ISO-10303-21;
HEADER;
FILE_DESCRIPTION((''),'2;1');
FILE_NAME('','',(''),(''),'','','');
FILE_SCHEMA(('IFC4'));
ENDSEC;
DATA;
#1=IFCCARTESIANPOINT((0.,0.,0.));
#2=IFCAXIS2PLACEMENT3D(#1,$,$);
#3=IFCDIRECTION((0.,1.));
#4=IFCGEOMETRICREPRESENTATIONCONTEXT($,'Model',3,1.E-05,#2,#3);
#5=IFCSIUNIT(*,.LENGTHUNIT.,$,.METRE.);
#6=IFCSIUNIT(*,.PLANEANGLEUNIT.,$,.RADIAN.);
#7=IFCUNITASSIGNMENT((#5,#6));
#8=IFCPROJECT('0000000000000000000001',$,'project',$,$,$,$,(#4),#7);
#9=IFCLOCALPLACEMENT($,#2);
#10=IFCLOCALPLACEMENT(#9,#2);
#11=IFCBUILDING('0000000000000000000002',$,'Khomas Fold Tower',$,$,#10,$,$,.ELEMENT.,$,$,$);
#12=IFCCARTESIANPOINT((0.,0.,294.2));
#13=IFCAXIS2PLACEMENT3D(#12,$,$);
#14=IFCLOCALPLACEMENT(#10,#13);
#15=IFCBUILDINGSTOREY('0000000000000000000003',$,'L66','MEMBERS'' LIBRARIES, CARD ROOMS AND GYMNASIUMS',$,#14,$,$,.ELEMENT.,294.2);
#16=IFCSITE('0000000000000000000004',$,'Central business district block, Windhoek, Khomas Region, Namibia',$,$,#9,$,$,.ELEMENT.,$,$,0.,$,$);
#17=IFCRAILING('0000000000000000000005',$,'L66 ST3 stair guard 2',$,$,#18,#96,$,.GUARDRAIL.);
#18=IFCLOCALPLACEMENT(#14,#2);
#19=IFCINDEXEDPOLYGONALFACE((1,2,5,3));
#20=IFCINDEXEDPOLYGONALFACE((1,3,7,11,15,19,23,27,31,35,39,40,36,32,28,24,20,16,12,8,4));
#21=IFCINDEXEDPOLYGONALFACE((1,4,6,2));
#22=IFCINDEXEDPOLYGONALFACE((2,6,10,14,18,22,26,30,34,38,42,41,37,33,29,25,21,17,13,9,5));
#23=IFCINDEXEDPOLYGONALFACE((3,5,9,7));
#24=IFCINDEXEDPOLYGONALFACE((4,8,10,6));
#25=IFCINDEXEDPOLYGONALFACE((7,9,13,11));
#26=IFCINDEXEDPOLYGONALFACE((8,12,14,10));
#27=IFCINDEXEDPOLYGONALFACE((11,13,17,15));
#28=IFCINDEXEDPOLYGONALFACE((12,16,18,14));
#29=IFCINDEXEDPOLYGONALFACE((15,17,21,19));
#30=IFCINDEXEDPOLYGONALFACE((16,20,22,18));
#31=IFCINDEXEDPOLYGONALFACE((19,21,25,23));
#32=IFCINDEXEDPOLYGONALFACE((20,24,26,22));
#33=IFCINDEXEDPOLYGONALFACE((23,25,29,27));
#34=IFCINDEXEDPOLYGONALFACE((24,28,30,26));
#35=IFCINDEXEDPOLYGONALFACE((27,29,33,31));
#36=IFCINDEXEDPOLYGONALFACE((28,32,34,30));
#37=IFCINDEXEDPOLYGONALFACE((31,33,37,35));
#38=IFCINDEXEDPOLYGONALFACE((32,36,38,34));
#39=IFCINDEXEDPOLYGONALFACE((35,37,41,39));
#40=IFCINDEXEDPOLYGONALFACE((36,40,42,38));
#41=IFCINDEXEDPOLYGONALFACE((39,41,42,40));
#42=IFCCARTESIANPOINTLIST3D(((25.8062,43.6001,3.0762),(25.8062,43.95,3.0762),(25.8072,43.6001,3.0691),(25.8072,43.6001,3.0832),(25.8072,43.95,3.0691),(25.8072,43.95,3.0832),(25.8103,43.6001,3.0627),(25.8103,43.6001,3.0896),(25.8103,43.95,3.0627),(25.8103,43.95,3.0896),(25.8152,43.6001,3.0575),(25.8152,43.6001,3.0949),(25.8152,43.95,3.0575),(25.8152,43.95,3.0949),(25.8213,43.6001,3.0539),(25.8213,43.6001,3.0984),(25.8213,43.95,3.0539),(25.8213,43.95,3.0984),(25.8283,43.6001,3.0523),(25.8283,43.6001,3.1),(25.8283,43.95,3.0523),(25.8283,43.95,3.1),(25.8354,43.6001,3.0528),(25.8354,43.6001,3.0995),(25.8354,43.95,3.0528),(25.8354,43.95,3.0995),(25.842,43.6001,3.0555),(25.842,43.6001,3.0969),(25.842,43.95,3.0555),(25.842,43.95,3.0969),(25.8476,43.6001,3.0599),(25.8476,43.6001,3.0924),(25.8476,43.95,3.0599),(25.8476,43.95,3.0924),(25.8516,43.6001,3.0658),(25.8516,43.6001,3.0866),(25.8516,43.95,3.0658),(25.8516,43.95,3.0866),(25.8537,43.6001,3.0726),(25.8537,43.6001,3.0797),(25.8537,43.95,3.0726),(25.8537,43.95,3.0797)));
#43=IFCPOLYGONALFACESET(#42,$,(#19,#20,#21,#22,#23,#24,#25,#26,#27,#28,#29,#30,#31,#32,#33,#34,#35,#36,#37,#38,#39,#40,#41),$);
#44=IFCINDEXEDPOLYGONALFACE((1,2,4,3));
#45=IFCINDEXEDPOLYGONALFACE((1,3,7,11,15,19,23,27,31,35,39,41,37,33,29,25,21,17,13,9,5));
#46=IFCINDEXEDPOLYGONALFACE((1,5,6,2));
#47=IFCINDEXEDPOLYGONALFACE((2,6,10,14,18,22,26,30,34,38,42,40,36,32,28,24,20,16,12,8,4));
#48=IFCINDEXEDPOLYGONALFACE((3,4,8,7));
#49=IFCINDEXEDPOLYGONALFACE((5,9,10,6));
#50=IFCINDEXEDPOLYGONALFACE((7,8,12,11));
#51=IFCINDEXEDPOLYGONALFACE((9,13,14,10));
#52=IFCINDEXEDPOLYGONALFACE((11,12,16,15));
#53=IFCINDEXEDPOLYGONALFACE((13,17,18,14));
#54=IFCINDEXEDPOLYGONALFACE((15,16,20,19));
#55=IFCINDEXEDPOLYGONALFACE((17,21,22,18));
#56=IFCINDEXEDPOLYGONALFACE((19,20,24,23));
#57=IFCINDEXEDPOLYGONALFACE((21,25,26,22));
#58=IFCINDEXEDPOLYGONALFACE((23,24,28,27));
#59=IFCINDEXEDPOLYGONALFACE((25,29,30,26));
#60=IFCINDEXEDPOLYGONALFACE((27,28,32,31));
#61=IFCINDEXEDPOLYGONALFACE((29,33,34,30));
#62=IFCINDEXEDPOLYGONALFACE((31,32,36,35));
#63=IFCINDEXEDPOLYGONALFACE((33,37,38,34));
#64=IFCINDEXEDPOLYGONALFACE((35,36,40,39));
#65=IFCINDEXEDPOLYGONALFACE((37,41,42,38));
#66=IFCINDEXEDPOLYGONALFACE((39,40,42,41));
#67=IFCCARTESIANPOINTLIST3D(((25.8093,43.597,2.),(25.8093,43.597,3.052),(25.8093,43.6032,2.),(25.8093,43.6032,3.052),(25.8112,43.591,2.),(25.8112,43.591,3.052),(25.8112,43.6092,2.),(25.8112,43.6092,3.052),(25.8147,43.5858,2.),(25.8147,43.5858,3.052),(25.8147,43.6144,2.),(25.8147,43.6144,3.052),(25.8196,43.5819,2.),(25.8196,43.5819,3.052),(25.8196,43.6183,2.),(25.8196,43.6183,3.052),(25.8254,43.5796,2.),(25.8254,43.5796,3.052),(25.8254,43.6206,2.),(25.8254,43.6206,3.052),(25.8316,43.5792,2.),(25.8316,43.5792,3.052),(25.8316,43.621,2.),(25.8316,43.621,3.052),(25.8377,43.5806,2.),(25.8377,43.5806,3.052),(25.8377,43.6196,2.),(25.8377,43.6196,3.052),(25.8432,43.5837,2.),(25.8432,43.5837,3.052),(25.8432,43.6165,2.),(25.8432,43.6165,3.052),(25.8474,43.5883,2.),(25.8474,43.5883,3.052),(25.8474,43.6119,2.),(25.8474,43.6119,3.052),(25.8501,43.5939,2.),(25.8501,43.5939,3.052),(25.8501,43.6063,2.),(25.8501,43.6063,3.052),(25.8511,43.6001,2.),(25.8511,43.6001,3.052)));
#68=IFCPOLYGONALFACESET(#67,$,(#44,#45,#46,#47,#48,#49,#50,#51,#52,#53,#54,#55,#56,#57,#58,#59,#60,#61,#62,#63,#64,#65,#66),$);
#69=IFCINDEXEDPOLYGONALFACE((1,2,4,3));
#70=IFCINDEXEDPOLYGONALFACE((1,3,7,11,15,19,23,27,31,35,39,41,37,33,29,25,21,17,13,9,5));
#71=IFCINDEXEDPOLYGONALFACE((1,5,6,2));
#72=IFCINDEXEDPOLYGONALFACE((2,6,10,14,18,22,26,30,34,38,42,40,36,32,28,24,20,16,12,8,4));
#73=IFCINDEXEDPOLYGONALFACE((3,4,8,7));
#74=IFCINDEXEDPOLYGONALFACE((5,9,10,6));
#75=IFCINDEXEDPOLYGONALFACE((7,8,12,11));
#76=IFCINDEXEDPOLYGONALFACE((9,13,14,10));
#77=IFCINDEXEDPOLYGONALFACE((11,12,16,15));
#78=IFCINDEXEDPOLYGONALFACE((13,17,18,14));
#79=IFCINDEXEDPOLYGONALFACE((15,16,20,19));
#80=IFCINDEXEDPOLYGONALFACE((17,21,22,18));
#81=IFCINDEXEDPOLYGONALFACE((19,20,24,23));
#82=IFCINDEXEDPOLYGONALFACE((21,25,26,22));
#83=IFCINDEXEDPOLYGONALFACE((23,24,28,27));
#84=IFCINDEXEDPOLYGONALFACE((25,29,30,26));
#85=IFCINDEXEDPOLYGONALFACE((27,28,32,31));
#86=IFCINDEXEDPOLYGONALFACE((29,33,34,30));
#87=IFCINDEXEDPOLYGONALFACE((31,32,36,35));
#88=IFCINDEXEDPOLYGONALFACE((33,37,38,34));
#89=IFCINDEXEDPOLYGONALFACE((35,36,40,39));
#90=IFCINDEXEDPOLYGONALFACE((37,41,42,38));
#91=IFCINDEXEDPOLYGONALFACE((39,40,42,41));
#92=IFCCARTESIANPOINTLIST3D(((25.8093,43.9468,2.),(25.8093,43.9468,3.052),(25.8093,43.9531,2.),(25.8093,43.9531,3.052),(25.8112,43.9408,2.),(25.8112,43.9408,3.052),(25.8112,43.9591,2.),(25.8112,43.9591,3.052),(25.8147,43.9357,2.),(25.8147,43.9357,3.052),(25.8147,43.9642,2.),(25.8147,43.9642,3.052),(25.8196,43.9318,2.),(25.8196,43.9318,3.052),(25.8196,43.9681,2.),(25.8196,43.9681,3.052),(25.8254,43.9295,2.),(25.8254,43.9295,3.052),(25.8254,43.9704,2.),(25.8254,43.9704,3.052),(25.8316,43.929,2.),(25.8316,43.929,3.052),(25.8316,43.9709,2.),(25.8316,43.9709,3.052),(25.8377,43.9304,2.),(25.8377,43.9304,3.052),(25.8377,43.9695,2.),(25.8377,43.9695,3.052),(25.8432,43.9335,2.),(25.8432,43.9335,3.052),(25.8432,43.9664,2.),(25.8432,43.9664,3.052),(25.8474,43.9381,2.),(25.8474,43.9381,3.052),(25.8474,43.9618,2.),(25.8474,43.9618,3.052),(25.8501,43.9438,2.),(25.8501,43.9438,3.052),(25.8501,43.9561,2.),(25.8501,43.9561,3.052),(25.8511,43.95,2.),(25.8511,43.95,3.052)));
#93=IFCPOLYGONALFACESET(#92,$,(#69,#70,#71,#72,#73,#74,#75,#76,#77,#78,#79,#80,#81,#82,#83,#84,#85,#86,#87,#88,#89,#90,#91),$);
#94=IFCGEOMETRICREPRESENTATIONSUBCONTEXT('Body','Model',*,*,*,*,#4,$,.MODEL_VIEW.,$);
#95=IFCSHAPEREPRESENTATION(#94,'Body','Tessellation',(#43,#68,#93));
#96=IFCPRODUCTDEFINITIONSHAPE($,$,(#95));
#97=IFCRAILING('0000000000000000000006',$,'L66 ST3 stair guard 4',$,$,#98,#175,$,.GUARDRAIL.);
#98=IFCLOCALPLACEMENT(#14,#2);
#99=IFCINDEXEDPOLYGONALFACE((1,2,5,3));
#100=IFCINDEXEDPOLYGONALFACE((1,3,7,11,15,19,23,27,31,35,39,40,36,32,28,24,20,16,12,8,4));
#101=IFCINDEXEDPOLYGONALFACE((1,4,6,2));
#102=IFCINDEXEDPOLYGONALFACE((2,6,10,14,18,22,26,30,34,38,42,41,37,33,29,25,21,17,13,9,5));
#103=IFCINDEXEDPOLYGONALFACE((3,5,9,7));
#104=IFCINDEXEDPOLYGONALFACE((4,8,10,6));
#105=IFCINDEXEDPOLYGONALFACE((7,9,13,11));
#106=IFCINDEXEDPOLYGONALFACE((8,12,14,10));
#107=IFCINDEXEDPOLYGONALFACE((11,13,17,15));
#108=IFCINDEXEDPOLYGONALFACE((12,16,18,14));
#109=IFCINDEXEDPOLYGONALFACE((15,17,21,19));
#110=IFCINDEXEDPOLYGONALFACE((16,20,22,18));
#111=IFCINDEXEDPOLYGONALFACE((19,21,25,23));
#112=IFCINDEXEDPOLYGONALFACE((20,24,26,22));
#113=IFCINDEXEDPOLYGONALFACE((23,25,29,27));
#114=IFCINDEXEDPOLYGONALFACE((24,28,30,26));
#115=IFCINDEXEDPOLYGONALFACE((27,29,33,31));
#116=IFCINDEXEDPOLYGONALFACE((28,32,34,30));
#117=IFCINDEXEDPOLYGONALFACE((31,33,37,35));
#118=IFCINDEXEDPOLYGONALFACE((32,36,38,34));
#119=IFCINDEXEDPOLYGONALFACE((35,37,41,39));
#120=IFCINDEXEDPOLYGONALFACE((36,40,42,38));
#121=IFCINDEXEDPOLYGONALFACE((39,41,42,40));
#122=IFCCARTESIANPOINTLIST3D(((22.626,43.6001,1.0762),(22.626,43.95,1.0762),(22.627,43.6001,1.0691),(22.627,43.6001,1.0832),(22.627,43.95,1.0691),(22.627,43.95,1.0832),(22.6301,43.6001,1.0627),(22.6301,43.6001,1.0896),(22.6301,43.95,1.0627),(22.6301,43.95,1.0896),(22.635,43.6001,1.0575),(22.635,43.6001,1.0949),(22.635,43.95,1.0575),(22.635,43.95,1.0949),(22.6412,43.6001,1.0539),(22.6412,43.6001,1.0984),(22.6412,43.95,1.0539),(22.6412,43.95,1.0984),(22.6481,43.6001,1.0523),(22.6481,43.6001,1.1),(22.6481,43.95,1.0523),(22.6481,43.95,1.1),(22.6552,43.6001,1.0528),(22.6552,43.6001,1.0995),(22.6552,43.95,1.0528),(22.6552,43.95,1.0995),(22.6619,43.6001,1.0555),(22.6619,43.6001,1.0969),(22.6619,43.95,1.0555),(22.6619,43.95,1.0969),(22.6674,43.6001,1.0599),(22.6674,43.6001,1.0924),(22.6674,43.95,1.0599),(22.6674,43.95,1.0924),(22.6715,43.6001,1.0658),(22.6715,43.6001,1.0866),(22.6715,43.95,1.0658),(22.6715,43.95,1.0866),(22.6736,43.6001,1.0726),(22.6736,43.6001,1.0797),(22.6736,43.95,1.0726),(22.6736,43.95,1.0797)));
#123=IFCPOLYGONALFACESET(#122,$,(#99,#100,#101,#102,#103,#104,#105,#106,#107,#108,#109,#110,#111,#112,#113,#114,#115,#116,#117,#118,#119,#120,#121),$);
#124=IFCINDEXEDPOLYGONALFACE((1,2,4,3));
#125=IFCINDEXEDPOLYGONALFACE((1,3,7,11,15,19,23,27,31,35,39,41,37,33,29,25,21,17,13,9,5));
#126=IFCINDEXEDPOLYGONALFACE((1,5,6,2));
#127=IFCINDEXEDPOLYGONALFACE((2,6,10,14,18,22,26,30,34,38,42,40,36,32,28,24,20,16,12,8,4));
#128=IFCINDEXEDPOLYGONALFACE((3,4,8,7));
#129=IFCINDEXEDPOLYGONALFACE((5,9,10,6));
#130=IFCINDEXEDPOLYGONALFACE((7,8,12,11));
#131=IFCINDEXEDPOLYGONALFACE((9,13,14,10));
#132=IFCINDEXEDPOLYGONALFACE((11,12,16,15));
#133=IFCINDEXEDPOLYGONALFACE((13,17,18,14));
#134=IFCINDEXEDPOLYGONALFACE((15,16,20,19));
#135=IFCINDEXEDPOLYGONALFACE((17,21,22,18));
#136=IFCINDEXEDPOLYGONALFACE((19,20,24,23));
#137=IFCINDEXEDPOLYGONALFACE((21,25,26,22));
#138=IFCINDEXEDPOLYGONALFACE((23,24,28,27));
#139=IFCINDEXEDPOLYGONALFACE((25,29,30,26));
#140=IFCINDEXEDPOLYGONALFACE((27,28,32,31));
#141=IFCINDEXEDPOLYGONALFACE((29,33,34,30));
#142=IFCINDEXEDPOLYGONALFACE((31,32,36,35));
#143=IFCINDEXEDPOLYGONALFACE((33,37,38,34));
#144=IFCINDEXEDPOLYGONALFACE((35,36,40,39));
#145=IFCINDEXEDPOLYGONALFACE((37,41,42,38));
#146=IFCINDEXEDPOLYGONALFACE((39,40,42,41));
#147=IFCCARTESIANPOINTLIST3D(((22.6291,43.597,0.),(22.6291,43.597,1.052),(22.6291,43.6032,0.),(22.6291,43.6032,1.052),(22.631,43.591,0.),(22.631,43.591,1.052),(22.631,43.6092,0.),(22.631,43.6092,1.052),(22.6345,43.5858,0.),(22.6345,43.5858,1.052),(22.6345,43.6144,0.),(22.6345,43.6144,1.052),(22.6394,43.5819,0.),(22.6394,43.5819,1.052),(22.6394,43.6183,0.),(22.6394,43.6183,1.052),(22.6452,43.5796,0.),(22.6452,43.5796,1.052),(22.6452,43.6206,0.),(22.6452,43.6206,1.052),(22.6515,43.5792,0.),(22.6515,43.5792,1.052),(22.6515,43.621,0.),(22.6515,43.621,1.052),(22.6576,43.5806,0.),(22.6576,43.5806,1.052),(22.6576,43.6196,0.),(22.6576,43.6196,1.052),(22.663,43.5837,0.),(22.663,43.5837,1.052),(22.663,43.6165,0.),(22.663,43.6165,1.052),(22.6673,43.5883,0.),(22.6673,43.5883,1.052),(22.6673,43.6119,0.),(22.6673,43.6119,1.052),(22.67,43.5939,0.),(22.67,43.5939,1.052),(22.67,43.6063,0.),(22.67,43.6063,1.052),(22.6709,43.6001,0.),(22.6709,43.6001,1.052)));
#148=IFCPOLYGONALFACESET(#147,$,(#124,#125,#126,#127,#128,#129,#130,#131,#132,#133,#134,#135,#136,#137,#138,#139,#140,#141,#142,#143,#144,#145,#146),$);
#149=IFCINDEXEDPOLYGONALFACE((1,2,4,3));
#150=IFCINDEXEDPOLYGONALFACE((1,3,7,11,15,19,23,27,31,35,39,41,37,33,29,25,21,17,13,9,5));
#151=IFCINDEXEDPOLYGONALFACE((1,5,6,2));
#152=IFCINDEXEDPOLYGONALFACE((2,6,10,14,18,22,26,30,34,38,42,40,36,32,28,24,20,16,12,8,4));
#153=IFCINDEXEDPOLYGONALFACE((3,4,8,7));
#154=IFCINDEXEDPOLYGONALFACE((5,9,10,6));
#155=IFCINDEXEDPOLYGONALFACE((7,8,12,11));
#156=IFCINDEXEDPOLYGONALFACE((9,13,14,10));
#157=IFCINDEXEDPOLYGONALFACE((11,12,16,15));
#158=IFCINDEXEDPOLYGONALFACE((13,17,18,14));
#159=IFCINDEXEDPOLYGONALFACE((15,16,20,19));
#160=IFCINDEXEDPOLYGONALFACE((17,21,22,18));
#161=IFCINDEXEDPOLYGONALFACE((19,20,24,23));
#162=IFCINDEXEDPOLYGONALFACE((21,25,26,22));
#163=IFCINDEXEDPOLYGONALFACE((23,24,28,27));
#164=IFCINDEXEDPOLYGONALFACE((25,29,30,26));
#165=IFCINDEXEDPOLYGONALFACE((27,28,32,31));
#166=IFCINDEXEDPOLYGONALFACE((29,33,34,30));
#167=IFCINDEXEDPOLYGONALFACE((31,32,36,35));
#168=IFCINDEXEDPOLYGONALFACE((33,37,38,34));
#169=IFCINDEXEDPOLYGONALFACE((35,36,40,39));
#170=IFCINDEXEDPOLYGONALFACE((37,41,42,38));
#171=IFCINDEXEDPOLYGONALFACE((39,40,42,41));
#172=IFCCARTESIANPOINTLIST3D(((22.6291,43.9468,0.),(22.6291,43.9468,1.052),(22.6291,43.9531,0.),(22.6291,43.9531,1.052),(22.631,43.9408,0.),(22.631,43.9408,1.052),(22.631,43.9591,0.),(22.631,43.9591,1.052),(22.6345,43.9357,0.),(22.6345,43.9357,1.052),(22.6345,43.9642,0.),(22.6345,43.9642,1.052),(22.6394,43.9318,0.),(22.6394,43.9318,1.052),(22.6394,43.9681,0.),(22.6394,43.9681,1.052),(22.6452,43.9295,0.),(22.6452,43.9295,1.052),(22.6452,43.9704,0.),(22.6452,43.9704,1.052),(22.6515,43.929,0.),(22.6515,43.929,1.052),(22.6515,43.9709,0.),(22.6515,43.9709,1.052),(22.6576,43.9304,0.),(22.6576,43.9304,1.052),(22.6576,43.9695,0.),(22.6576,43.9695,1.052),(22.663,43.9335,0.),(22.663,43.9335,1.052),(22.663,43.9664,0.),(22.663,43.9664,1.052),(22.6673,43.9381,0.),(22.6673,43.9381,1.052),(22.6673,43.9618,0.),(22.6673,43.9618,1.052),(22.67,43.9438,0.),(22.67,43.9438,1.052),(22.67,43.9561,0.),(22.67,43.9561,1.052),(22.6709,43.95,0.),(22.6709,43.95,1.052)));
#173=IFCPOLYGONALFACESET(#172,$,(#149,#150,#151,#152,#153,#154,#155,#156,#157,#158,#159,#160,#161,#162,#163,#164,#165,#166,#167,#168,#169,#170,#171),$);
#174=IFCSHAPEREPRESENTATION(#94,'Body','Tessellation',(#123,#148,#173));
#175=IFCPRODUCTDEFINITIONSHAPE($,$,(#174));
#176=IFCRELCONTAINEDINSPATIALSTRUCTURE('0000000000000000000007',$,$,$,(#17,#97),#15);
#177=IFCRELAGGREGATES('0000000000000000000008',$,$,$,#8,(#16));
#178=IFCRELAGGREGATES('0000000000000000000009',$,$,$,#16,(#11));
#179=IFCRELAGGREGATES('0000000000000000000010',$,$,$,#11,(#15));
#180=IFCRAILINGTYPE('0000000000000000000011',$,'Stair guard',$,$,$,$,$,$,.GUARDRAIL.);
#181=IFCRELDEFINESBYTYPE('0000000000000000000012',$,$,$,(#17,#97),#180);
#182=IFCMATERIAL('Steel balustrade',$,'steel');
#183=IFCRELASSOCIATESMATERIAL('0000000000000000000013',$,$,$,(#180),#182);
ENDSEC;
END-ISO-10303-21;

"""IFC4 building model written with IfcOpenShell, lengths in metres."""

from ifc_helpers import new_model, si_unit, direction, frame, origin, origin_2d, place, context, subcontext, project, spatial, circle, extrude, source, transform, mapped, material, type_object, element, save


model = new_model("IFC4")

# Units and contexts
model_context = context("Model", 3, precision=1e-05, world=origin(), true_north=direction((0.0, 1.0)))
body_context = subcontext(model_context, "Body", "Model", "MODEL_VIEW")
ifc_project = project(units=[si_unit("LENGTHUNIT", "METRE"), si_unit("PLANEANGLEUNIT", "RADIAN")], contexts=[model_context])

# Site, building, storey
site_placement = place(None, origin())
site = spatial("IfcSite", under=ifc_project, at=site_placement, Name="Central business district block, Windhoek, Khomas Region, Namibia", CompositionType="ELEMENT", RefElevation=0.0)
building_placement = place(site_placement, origin())
building = spatial("IfcBuilding", under=site, at=building_placement, Name="Khomas Fold Tower", CompositionType="ELEMENT")
storey_placement = place(building_placement, frame((0.0, 0.0, 294.2)))
storey = spatial("IfcBuildingStorey", under=building, at=storey_placement, Name="L66", Description="MEMBERS' LIBRARIES, CARD ROOMS AND GYMNASIUMS", CompositionType="ELEMENT", Elevation=294.2)

# Railings
ifc_material_1 = material(Name="Steel balustrade", Category="steel")
railing_type_1 = type_object("IfcRailingType", Name="Stair guard", PredefinedType="GUARDRAIL", material=ifc_material_1)
shared_shape_1 = source(origin(), body_context, "Body", "SweptSolid", [
    extrude(circle(Radius=0.0239, at=origin_2d()), frame((0.0, 0.0, 1.0762), z_axis=(0.0, 1.0, 0.0), x_axis=(-1.0, 0.0, 0.0)), (0.0, 0.0, 1.0), 0.3499),
    extrude(circle(Radius=0.021, at=origin_2d()), origin(), (0.0, 0.0, 1.0), 1.052),
    extrude(circle(Radius=0.021, at=origin_2d()), frame((0.0, 0.3499, 0.0)), (0.0, 0.0, 1.0), 1.052),
])
for number, where, name in (
    (1, (25.8301, 43.6001, 2.0), "L66 ST3 stair guard 2"),
    (2, (22.6499, 43.6001, 0.0), "L66 ST3 stair guard 4"),
):
    element("IfcRailing", number, at=place(storey_placement, frame(where)), inside=storey, type_object=railing_type_1, Name=name, PredefinedType="GUARDRAIL", context=body_context, shape_type="MappedRepresentation", body=[
        mapped(shared_shape_1, transform((0.0, 0.0, 0.0))),
    ])

save(model, "model.ifc")
